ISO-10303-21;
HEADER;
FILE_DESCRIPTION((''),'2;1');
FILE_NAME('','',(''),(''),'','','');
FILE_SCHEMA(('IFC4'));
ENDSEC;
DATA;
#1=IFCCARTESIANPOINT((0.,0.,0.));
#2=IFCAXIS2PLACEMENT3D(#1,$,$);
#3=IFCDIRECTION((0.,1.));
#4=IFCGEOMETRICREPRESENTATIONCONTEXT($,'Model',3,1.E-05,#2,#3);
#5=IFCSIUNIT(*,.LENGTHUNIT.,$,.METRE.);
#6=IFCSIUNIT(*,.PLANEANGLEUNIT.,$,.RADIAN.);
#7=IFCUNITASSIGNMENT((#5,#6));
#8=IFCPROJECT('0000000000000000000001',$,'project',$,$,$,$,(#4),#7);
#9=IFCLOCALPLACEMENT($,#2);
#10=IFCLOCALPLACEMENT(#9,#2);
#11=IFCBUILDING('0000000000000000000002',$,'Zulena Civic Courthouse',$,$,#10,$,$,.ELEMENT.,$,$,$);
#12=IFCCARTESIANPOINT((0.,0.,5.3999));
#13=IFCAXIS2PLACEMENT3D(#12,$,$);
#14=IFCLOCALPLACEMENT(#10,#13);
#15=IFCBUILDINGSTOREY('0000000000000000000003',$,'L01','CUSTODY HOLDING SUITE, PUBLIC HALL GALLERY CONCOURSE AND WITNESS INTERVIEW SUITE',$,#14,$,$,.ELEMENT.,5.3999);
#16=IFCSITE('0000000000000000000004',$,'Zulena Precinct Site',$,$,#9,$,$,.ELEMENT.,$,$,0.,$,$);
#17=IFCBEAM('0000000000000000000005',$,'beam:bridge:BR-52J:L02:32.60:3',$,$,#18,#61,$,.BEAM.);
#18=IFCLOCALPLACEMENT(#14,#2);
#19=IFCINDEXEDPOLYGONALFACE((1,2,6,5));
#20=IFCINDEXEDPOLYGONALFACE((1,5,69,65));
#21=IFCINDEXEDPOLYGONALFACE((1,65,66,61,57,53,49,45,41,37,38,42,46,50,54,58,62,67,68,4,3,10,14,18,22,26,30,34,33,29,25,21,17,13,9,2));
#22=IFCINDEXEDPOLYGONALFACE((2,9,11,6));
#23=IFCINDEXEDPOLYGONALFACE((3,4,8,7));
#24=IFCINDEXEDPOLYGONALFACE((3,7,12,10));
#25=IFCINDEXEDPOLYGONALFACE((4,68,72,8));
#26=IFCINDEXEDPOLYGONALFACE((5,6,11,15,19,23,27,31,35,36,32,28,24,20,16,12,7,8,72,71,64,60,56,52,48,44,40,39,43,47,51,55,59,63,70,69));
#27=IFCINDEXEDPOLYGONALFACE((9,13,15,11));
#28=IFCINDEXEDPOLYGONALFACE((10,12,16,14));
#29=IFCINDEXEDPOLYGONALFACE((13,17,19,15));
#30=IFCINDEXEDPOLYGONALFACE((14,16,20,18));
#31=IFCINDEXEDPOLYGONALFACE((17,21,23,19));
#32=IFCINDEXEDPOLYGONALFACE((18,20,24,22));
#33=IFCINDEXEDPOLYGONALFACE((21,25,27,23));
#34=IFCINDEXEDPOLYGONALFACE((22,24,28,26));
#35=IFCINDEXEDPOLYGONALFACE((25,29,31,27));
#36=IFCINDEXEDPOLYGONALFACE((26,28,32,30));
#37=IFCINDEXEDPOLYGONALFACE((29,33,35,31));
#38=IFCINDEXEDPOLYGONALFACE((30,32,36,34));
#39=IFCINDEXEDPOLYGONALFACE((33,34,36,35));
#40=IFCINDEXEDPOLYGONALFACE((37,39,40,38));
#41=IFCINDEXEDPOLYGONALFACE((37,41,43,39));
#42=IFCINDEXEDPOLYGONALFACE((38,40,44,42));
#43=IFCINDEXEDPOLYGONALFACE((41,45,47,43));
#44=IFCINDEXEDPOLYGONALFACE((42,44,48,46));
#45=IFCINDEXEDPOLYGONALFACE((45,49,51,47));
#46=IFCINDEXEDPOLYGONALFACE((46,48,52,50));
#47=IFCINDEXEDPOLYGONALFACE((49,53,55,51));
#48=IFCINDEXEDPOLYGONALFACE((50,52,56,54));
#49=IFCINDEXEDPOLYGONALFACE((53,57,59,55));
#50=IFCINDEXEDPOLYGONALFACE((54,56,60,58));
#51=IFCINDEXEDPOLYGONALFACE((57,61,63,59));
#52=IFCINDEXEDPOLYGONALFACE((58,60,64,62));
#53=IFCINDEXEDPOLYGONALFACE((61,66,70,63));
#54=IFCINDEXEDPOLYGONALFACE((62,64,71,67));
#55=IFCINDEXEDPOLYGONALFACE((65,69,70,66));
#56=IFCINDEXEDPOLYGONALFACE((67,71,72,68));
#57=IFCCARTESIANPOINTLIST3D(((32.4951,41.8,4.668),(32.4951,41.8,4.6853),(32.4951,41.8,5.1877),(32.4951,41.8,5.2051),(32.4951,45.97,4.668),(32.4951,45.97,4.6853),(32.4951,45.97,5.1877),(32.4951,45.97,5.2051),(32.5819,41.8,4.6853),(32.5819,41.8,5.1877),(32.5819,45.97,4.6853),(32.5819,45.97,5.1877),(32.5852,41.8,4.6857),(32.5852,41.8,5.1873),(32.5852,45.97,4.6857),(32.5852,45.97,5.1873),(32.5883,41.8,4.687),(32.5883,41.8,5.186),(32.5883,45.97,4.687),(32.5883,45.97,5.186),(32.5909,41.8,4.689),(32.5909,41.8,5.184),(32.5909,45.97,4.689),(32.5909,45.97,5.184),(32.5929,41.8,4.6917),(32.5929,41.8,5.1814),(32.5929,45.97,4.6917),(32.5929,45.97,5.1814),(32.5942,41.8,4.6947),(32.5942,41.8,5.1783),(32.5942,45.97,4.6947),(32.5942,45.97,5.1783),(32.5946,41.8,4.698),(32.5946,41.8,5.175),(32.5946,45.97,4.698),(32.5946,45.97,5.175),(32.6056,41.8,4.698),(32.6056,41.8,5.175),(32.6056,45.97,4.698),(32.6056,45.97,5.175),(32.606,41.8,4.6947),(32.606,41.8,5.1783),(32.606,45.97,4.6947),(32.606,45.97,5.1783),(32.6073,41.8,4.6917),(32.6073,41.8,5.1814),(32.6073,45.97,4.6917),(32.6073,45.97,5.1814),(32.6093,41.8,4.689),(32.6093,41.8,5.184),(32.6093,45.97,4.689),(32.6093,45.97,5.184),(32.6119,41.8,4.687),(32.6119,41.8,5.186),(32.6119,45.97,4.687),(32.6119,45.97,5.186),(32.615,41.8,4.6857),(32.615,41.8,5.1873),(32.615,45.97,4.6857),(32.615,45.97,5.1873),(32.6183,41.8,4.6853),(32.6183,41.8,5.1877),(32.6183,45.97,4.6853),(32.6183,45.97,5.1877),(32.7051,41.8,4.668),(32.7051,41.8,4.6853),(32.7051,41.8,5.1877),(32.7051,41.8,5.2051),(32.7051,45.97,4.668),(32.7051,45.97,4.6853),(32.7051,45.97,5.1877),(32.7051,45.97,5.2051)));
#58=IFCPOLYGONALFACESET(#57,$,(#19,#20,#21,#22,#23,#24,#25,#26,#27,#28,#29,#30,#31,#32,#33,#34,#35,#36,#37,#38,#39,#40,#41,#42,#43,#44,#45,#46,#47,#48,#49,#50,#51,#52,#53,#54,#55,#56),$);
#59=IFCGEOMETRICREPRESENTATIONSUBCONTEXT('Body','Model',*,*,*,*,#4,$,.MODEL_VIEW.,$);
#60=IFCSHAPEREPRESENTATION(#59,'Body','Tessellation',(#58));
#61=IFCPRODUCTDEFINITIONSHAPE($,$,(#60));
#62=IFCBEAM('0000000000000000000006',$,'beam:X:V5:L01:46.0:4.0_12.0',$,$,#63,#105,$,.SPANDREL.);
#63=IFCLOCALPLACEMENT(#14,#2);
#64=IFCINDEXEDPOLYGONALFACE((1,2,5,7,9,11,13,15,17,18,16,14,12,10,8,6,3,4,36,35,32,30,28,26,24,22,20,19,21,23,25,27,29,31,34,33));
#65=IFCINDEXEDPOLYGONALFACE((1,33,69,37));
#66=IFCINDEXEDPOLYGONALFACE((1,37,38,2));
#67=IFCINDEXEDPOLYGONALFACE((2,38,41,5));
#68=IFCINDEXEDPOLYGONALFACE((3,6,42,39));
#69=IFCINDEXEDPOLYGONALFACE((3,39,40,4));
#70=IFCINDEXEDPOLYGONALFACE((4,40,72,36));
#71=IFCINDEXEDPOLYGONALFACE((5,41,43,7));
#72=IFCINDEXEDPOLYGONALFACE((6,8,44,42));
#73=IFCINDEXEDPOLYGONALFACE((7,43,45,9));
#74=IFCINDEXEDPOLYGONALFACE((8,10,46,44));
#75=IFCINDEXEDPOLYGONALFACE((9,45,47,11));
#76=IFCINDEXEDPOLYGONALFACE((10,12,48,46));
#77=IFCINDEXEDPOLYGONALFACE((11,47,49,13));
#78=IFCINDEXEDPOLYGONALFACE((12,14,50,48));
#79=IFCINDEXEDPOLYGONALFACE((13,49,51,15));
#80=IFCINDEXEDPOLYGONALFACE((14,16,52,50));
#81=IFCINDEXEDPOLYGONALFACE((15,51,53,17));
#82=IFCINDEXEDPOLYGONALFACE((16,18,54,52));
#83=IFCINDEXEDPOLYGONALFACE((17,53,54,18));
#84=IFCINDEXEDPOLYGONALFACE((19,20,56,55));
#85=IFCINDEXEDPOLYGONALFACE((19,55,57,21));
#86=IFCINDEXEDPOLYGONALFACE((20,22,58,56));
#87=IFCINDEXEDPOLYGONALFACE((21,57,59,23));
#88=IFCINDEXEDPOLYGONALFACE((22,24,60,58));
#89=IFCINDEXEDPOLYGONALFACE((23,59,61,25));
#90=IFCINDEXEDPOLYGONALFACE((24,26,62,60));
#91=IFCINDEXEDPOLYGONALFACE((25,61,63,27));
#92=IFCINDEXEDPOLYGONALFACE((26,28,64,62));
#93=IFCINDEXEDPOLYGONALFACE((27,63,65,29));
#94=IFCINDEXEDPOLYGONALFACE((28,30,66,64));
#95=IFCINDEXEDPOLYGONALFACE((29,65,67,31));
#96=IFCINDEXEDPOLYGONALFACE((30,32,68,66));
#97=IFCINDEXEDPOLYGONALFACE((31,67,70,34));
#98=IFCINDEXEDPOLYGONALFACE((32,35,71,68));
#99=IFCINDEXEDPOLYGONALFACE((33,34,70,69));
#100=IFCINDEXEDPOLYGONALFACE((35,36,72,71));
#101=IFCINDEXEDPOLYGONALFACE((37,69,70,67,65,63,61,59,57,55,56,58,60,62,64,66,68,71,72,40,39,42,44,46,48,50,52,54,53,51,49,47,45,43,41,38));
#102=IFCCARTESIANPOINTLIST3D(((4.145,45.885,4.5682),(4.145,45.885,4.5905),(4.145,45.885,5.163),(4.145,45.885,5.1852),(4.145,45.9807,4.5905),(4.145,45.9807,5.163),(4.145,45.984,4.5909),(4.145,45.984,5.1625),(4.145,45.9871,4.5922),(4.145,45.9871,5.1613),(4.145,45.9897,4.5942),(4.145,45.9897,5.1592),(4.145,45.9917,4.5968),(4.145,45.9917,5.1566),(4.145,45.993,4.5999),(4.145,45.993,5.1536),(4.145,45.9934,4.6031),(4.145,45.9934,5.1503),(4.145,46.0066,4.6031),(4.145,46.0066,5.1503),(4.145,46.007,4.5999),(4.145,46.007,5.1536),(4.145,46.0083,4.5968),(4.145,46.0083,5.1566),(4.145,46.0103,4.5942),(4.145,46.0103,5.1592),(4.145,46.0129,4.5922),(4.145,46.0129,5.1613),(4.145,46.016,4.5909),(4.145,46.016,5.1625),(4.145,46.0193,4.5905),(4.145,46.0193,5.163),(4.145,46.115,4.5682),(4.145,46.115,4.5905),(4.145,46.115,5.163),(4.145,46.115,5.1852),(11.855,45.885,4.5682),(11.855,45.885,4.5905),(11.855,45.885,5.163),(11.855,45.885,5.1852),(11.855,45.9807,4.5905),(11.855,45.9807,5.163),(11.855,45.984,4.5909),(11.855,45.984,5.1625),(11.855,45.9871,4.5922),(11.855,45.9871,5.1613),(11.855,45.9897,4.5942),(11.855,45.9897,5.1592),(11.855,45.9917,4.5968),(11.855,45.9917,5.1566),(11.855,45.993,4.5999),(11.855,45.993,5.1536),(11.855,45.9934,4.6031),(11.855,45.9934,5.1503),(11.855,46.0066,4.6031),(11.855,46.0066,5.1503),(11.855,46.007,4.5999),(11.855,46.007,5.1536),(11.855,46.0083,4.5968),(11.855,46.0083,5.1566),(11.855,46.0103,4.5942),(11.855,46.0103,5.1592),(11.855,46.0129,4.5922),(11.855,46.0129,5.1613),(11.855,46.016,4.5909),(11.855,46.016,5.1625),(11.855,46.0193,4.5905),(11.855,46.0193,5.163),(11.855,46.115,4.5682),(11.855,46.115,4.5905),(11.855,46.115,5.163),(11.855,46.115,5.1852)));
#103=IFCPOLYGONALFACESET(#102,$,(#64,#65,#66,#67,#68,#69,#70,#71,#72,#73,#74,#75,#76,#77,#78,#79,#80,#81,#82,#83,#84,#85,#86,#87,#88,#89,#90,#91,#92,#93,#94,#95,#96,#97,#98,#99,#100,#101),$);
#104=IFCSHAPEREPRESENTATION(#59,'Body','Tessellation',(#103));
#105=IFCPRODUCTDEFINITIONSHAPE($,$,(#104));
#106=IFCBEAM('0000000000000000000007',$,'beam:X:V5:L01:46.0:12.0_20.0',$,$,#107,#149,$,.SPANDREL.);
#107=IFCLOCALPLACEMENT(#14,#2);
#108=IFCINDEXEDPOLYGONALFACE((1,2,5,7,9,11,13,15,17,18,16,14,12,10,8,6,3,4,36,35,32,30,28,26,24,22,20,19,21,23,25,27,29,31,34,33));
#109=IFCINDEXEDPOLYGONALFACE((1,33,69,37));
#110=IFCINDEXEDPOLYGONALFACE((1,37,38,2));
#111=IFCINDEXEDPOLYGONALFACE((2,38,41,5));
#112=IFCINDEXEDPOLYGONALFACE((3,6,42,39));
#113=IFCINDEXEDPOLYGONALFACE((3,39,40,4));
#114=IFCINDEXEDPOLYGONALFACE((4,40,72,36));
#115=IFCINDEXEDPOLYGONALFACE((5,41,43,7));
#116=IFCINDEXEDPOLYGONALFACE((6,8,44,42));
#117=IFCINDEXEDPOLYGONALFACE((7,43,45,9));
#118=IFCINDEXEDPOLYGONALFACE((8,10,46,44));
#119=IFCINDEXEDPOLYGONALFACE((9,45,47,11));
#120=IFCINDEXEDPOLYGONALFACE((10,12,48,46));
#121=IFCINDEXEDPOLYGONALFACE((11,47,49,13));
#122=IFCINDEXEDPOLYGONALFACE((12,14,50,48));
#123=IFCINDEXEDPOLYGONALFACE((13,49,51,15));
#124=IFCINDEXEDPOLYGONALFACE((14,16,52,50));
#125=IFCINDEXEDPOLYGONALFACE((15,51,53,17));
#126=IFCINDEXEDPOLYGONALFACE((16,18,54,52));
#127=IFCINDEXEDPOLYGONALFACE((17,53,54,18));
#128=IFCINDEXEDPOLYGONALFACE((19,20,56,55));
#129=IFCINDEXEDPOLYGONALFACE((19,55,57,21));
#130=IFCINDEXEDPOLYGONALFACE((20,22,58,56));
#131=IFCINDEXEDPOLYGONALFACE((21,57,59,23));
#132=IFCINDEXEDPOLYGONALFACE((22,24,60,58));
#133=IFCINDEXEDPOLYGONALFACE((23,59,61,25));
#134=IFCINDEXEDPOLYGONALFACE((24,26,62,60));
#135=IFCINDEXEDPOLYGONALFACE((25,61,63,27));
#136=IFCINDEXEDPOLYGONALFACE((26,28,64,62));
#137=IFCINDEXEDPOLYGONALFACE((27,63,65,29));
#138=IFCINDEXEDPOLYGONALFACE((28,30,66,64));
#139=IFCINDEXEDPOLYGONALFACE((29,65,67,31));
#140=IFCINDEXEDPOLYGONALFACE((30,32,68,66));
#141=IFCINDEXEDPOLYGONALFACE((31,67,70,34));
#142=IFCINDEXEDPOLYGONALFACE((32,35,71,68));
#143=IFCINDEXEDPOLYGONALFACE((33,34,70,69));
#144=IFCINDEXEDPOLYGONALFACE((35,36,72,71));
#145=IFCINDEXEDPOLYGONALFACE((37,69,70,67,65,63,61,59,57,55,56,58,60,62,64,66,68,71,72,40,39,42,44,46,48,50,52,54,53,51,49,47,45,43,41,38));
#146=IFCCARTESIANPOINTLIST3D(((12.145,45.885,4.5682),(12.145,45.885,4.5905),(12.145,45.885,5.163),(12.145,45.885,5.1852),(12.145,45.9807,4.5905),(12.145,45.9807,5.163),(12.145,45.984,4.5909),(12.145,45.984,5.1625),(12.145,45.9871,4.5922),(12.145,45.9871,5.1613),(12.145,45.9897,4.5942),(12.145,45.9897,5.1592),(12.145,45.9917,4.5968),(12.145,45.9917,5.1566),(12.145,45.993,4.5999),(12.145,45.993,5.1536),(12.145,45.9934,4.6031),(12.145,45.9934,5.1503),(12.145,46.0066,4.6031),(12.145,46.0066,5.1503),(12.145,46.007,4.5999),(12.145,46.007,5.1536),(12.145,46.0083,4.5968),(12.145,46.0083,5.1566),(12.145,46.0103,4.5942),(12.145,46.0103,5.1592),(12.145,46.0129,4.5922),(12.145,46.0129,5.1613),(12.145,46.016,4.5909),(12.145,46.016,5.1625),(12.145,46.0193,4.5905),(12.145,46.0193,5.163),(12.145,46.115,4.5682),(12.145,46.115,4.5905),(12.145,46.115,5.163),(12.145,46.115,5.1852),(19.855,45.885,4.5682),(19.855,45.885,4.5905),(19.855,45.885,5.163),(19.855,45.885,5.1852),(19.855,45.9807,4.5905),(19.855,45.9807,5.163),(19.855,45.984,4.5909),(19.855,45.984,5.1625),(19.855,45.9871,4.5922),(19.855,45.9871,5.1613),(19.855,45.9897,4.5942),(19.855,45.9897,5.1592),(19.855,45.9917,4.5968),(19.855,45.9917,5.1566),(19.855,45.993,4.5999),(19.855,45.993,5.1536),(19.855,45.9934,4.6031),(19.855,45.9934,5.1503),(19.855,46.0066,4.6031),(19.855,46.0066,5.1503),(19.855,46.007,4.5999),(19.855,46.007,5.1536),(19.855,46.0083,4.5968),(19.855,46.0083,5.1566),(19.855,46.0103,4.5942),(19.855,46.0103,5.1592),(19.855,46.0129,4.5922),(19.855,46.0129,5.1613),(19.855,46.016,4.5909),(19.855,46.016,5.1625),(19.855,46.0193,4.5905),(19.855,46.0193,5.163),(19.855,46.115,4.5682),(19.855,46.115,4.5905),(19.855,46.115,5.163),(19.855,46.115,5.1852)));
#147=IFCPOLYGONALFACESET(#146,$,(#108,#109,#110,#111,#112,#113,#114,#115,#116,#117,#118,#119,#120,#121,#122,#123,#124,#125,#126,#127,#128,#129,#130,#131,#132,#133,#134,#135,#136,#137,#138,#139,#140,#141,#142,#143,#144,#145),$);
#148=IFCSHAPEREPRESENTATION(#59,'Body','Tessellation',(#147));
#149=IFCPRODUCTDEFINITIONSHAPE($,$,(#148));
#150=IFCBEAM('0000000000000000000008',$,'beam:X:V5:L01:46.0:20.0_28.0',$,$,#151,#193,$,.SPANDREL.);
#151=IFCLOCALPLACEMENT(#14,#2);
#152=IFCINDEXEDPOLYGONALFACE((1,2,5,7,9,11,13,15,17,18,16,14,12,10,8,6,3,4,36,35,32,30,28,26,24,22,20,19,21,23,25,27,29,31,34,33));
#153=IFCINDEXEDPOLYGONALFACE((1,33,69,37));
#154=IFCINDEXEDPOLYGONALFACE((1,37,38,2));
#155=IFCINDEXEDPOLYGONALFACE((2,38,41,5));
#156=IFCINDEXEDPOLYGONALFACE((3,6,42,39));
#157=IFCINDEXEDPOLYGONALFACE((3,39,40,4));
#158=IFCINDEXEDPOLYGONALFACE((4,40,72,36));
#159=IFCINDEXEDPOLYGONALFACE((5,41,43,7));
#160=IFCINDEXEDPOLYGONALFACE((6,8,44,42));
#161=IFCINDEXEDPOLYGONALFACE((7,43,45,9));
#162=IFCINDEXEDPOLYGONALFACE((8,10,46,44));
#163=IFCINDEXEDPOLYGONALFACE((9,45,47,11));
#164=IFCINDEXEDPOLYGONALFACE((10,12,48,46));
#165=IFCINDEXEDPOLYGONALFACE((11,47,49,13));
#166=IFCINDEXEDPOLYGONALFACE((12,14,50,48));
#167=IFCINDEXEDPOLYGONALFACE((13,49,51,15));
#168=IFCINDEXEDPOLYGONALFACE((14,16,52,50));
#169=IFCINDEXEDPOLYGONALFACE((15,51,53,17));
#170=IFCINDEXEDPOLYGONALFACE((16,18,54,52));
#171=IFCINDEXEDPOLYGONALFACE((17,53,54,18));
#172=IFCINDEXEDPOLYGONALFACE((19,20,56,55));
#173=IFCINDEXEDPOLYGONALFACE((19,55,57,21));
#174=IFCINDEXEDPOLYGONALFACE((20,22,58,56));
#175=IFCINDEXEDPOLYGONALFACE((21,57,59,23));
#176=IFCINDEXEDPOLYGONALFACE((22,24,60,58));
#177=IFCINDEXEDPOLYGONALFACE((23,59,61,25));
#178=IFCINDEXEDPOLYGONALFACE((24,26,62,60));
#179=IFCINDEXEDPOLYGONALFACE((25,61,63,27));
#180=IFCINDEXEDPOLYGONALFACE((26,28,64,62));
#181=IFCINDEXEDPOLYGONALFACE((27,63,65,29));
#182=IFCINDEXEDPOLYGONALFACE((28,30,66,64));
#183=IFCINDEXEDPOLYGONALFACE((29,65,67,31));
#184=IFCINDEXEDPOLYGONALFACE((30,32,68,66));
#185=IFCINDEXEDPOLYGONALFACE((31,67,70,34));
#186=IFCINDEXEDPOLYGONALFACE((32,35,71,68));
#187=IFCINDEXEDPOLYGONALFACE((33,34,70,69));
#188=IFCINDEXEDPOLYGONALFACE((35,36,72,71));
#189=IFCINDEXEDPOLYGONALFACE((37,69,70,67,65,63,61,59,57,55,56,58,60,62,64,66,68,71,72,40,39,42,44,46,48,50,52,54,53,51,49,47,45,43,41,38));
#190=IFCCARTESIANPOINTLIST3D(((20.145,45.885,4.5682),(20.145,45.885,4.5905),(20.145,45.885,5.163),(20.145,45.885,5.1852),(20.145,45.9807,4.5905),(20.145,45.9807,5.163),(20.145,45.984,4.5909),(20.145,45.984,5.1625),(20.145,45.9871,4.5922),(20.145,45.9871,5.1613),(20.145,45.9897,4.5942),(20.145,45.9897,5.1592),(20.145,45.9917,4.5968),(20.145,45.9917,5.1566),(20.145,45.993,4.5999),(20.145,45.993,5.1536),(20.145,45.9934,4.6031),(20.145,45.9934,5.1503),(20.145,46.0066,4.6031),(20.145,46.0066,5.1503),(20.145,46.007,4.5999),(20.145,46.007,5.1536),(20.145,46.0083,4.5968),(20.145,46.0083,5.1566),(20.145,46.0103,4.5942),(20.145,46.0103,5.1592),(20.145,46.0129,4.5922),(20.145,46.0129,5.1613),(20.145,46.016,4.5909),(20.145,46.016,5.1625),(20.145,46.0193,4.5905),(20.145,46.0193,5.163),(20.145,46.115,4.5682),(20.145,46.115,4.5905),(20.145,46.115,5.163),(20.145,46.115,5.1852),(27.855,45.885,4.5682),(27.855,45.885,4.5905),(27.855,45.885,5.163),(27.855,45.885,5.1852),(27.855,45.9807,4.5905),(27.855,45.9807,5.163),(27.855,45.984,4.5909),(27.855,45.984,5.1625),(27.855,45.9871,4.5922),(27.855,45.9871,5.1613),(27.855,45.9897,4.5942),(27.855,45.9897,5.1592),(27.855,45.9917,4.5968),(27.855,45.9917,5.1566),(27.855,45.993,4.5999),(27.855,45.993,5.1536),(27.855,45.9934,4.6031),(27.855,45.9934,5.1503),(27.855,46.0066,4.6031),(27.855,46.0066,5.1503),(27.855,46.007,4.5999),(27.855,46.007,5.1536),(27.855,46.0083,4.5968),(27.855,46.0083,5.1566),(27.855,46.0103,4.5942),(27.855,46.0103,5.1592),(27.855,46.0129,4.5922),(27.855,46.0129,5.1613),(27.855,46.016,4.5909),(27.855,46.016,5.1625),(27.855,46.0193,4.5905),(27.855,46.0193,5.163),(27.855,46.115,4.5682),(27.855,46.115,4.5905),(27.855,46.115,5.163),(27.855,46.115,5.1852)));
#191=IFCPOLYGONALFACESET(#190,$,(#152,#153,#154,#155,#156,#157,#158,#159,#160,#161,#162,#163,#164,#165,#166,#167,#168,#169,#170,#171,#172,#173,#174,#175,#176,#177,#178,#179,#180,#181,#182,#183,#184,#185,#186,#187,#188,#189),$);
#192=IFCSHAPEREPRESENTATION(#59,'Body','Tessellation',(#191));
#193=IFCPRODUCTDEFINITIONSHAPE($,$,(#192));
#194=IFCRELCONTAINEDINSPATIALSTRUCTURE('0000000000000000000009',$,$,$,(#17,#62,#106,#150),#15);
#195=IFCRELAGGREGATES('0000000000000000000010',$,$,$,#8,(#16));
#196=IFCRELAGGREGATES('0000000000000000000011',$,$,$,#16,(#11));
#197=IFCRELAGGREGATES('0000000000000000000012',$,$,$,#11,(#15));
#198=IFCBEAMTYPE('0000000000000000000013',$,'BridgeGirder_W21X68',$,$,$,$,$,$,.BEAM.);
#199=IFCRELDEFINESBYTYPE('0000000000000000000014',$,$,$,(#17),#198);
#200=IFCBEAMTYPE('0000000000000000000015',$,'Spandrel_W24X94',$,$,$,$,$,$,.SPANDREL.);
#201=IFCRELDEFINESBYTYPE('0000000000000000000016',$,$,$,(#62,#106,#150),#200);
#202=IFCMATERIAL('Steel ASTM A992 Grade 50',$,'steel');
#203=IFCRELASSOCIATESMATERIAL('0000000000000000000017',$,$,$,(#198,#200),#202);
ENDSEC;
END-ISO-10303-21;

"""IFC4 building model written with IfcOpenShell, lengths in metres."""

from ifc_helpers import new_model, si_unit, direction, frame, origin, origin_2d, place, context, subcontext, project, spatial, i_section, extrude, material, material_profile, profile_set, type_object, element, save


model = new_model("IFC4")

# Units and contexts
model_context = context("Model", 3, precision=1e-05, world=origin(), true_north=direction((0.0, 1.0)))
body_context = subcontext(model_context, "Body", "Model", "MODEL_VIEW")
ifc_project = project(units=[si_unit("LENGTHUNIT", "METRE"), si_unit("PLANEANGLEUNIT", "RADIAN")], contexts=[model_context])

# Site, building, storey
site_placement = place(None, origin())
site = spatial("IfcSite", under=ifc_project, at=site_placement, Name="Zulena Precinct Site", CompositionType="ELEMENT", RefElevation=0.0)
building_placement = place(site_placement, origin())
building = spatial("IfcBuilding", under=site, at=building_placement, Name="Zulena Civic Courthouse", CompositionType="ELEMENT")
storey_placement = place(building_placement, frame((0.0, 0.0, 5.3999)))
storey = spatial("IfcBuildingStorey", under=building, at=storey_placement, Name="L01", Description="CUSTODY HOLDING SUITE, PUBLIC HALL GALLERY CONCOURSE AND WITNESS INTERVIEW SUITE", CompositionType="ELEMENT", Elevation=5.3999)

# Shared definitions
ifc_material_1 = material(Name="Steel ASTM A992 Grade 50", Category="steel")

# Beams
ifc_material_profile_1 = material_profile(ifc_material_1, i_section(OverallWidth=0.21, OverallDepth=0.5371, WebThickness=0.011, FlangeThickness=0.0173, FilletRadius=0.0127, at=origin_2d()), Name="W21X68")
ifc_profile_set_1 = profile_set([ifc_material_profile_1], Name="Steel ASTM A992 Grade 50")
beam_type_1 = type_object("IfcBeamType", Name="BridgeGirder_W21X68", PredefinedType="BEAM", material=ifc_profile_set_1)
beam_1_placement = place(storey_placement, frame((32.6001, 41.8, 4.9365), z_axis=(0.0, 1.0, 0.0), x_axis=(-1.0, 0.0, 0.0)))
element("IfcBeam", 1, at=beam_1_placement, inside=storey, type_object=beam_type_1, Name="beam:bridge:BR-52J:L02:32.60:3", PredefinedType="BEAM", context=body_context, shape_type="SweptSolid", body=[
    extrude(i_section(OverallWidth=0.21, OverallDepth=0.5371, WebThickness=0.011, FlangeThickness=0.0173, FilletRadius=0.0127, at=origin_2d()), origin(), (0.0, 0.0, 1.0), 4.1699),
])
ifc_material_profile_2 = material_profile(ifc_material_1, i_section(OverallWidth=0.23, OverallDepth=0.6169, WebThickness=0.0132, FlangeThickness=0.0222, FilletRadius=0.0127, at=origin_2d()), Name="W24X94")
ifc_profile_set_2 = profile_set([ifc_material_profile_2], Name="Steel ASTM A992 Grade 50")
beam_type_2 = type_object("IfcBeamType", Name="Spandrel_W24X94", PredefinedType="SPANDREL", material=ifc_profile_set_2)
for number, where, z_axis, x_axis, name in (
    (2, (4.145, 46.0, 4.8767), (1.0, 0.0, 0.0), (0.0, 1.0, 0.0), "beam:X:V5:L01:46.0:4.0_12.0"),
    (3, (12.145, 46.0, 4.8767), (1.0, 0.0, 0.0), (0.0, 1.0, 0.0), "beam:X:V5:L01:46.0:12.0_20.0"),
    (4, (20.145, 46.0, 4.8767), (1.0, 0.0, 0.0), (0.0, 1.0, 0.0), "beam:X:V5:L01:46.0:20.0_28.0"),
):
    element("IfcBeam", number, at=place(storey_placement, frame(where, z_axis=z_axis, x_axis=x_axis)), inside=storey, type_object=beam_type_2, Name=name, PredefinedType="SPANDREL", context=body_context, shape_type="SweptSolid", body=[
        extrude(i_section(OverallWidth=0.23, OverallDepth=0.6169, WebThickness=0.0132, FlangeThickness=0.0222, FilletRadius=0.0127, at=origin_2d()), origin(), (0.0, 0.0, 1.0), 7.71),
    ])

save(model, "model.ifc")
